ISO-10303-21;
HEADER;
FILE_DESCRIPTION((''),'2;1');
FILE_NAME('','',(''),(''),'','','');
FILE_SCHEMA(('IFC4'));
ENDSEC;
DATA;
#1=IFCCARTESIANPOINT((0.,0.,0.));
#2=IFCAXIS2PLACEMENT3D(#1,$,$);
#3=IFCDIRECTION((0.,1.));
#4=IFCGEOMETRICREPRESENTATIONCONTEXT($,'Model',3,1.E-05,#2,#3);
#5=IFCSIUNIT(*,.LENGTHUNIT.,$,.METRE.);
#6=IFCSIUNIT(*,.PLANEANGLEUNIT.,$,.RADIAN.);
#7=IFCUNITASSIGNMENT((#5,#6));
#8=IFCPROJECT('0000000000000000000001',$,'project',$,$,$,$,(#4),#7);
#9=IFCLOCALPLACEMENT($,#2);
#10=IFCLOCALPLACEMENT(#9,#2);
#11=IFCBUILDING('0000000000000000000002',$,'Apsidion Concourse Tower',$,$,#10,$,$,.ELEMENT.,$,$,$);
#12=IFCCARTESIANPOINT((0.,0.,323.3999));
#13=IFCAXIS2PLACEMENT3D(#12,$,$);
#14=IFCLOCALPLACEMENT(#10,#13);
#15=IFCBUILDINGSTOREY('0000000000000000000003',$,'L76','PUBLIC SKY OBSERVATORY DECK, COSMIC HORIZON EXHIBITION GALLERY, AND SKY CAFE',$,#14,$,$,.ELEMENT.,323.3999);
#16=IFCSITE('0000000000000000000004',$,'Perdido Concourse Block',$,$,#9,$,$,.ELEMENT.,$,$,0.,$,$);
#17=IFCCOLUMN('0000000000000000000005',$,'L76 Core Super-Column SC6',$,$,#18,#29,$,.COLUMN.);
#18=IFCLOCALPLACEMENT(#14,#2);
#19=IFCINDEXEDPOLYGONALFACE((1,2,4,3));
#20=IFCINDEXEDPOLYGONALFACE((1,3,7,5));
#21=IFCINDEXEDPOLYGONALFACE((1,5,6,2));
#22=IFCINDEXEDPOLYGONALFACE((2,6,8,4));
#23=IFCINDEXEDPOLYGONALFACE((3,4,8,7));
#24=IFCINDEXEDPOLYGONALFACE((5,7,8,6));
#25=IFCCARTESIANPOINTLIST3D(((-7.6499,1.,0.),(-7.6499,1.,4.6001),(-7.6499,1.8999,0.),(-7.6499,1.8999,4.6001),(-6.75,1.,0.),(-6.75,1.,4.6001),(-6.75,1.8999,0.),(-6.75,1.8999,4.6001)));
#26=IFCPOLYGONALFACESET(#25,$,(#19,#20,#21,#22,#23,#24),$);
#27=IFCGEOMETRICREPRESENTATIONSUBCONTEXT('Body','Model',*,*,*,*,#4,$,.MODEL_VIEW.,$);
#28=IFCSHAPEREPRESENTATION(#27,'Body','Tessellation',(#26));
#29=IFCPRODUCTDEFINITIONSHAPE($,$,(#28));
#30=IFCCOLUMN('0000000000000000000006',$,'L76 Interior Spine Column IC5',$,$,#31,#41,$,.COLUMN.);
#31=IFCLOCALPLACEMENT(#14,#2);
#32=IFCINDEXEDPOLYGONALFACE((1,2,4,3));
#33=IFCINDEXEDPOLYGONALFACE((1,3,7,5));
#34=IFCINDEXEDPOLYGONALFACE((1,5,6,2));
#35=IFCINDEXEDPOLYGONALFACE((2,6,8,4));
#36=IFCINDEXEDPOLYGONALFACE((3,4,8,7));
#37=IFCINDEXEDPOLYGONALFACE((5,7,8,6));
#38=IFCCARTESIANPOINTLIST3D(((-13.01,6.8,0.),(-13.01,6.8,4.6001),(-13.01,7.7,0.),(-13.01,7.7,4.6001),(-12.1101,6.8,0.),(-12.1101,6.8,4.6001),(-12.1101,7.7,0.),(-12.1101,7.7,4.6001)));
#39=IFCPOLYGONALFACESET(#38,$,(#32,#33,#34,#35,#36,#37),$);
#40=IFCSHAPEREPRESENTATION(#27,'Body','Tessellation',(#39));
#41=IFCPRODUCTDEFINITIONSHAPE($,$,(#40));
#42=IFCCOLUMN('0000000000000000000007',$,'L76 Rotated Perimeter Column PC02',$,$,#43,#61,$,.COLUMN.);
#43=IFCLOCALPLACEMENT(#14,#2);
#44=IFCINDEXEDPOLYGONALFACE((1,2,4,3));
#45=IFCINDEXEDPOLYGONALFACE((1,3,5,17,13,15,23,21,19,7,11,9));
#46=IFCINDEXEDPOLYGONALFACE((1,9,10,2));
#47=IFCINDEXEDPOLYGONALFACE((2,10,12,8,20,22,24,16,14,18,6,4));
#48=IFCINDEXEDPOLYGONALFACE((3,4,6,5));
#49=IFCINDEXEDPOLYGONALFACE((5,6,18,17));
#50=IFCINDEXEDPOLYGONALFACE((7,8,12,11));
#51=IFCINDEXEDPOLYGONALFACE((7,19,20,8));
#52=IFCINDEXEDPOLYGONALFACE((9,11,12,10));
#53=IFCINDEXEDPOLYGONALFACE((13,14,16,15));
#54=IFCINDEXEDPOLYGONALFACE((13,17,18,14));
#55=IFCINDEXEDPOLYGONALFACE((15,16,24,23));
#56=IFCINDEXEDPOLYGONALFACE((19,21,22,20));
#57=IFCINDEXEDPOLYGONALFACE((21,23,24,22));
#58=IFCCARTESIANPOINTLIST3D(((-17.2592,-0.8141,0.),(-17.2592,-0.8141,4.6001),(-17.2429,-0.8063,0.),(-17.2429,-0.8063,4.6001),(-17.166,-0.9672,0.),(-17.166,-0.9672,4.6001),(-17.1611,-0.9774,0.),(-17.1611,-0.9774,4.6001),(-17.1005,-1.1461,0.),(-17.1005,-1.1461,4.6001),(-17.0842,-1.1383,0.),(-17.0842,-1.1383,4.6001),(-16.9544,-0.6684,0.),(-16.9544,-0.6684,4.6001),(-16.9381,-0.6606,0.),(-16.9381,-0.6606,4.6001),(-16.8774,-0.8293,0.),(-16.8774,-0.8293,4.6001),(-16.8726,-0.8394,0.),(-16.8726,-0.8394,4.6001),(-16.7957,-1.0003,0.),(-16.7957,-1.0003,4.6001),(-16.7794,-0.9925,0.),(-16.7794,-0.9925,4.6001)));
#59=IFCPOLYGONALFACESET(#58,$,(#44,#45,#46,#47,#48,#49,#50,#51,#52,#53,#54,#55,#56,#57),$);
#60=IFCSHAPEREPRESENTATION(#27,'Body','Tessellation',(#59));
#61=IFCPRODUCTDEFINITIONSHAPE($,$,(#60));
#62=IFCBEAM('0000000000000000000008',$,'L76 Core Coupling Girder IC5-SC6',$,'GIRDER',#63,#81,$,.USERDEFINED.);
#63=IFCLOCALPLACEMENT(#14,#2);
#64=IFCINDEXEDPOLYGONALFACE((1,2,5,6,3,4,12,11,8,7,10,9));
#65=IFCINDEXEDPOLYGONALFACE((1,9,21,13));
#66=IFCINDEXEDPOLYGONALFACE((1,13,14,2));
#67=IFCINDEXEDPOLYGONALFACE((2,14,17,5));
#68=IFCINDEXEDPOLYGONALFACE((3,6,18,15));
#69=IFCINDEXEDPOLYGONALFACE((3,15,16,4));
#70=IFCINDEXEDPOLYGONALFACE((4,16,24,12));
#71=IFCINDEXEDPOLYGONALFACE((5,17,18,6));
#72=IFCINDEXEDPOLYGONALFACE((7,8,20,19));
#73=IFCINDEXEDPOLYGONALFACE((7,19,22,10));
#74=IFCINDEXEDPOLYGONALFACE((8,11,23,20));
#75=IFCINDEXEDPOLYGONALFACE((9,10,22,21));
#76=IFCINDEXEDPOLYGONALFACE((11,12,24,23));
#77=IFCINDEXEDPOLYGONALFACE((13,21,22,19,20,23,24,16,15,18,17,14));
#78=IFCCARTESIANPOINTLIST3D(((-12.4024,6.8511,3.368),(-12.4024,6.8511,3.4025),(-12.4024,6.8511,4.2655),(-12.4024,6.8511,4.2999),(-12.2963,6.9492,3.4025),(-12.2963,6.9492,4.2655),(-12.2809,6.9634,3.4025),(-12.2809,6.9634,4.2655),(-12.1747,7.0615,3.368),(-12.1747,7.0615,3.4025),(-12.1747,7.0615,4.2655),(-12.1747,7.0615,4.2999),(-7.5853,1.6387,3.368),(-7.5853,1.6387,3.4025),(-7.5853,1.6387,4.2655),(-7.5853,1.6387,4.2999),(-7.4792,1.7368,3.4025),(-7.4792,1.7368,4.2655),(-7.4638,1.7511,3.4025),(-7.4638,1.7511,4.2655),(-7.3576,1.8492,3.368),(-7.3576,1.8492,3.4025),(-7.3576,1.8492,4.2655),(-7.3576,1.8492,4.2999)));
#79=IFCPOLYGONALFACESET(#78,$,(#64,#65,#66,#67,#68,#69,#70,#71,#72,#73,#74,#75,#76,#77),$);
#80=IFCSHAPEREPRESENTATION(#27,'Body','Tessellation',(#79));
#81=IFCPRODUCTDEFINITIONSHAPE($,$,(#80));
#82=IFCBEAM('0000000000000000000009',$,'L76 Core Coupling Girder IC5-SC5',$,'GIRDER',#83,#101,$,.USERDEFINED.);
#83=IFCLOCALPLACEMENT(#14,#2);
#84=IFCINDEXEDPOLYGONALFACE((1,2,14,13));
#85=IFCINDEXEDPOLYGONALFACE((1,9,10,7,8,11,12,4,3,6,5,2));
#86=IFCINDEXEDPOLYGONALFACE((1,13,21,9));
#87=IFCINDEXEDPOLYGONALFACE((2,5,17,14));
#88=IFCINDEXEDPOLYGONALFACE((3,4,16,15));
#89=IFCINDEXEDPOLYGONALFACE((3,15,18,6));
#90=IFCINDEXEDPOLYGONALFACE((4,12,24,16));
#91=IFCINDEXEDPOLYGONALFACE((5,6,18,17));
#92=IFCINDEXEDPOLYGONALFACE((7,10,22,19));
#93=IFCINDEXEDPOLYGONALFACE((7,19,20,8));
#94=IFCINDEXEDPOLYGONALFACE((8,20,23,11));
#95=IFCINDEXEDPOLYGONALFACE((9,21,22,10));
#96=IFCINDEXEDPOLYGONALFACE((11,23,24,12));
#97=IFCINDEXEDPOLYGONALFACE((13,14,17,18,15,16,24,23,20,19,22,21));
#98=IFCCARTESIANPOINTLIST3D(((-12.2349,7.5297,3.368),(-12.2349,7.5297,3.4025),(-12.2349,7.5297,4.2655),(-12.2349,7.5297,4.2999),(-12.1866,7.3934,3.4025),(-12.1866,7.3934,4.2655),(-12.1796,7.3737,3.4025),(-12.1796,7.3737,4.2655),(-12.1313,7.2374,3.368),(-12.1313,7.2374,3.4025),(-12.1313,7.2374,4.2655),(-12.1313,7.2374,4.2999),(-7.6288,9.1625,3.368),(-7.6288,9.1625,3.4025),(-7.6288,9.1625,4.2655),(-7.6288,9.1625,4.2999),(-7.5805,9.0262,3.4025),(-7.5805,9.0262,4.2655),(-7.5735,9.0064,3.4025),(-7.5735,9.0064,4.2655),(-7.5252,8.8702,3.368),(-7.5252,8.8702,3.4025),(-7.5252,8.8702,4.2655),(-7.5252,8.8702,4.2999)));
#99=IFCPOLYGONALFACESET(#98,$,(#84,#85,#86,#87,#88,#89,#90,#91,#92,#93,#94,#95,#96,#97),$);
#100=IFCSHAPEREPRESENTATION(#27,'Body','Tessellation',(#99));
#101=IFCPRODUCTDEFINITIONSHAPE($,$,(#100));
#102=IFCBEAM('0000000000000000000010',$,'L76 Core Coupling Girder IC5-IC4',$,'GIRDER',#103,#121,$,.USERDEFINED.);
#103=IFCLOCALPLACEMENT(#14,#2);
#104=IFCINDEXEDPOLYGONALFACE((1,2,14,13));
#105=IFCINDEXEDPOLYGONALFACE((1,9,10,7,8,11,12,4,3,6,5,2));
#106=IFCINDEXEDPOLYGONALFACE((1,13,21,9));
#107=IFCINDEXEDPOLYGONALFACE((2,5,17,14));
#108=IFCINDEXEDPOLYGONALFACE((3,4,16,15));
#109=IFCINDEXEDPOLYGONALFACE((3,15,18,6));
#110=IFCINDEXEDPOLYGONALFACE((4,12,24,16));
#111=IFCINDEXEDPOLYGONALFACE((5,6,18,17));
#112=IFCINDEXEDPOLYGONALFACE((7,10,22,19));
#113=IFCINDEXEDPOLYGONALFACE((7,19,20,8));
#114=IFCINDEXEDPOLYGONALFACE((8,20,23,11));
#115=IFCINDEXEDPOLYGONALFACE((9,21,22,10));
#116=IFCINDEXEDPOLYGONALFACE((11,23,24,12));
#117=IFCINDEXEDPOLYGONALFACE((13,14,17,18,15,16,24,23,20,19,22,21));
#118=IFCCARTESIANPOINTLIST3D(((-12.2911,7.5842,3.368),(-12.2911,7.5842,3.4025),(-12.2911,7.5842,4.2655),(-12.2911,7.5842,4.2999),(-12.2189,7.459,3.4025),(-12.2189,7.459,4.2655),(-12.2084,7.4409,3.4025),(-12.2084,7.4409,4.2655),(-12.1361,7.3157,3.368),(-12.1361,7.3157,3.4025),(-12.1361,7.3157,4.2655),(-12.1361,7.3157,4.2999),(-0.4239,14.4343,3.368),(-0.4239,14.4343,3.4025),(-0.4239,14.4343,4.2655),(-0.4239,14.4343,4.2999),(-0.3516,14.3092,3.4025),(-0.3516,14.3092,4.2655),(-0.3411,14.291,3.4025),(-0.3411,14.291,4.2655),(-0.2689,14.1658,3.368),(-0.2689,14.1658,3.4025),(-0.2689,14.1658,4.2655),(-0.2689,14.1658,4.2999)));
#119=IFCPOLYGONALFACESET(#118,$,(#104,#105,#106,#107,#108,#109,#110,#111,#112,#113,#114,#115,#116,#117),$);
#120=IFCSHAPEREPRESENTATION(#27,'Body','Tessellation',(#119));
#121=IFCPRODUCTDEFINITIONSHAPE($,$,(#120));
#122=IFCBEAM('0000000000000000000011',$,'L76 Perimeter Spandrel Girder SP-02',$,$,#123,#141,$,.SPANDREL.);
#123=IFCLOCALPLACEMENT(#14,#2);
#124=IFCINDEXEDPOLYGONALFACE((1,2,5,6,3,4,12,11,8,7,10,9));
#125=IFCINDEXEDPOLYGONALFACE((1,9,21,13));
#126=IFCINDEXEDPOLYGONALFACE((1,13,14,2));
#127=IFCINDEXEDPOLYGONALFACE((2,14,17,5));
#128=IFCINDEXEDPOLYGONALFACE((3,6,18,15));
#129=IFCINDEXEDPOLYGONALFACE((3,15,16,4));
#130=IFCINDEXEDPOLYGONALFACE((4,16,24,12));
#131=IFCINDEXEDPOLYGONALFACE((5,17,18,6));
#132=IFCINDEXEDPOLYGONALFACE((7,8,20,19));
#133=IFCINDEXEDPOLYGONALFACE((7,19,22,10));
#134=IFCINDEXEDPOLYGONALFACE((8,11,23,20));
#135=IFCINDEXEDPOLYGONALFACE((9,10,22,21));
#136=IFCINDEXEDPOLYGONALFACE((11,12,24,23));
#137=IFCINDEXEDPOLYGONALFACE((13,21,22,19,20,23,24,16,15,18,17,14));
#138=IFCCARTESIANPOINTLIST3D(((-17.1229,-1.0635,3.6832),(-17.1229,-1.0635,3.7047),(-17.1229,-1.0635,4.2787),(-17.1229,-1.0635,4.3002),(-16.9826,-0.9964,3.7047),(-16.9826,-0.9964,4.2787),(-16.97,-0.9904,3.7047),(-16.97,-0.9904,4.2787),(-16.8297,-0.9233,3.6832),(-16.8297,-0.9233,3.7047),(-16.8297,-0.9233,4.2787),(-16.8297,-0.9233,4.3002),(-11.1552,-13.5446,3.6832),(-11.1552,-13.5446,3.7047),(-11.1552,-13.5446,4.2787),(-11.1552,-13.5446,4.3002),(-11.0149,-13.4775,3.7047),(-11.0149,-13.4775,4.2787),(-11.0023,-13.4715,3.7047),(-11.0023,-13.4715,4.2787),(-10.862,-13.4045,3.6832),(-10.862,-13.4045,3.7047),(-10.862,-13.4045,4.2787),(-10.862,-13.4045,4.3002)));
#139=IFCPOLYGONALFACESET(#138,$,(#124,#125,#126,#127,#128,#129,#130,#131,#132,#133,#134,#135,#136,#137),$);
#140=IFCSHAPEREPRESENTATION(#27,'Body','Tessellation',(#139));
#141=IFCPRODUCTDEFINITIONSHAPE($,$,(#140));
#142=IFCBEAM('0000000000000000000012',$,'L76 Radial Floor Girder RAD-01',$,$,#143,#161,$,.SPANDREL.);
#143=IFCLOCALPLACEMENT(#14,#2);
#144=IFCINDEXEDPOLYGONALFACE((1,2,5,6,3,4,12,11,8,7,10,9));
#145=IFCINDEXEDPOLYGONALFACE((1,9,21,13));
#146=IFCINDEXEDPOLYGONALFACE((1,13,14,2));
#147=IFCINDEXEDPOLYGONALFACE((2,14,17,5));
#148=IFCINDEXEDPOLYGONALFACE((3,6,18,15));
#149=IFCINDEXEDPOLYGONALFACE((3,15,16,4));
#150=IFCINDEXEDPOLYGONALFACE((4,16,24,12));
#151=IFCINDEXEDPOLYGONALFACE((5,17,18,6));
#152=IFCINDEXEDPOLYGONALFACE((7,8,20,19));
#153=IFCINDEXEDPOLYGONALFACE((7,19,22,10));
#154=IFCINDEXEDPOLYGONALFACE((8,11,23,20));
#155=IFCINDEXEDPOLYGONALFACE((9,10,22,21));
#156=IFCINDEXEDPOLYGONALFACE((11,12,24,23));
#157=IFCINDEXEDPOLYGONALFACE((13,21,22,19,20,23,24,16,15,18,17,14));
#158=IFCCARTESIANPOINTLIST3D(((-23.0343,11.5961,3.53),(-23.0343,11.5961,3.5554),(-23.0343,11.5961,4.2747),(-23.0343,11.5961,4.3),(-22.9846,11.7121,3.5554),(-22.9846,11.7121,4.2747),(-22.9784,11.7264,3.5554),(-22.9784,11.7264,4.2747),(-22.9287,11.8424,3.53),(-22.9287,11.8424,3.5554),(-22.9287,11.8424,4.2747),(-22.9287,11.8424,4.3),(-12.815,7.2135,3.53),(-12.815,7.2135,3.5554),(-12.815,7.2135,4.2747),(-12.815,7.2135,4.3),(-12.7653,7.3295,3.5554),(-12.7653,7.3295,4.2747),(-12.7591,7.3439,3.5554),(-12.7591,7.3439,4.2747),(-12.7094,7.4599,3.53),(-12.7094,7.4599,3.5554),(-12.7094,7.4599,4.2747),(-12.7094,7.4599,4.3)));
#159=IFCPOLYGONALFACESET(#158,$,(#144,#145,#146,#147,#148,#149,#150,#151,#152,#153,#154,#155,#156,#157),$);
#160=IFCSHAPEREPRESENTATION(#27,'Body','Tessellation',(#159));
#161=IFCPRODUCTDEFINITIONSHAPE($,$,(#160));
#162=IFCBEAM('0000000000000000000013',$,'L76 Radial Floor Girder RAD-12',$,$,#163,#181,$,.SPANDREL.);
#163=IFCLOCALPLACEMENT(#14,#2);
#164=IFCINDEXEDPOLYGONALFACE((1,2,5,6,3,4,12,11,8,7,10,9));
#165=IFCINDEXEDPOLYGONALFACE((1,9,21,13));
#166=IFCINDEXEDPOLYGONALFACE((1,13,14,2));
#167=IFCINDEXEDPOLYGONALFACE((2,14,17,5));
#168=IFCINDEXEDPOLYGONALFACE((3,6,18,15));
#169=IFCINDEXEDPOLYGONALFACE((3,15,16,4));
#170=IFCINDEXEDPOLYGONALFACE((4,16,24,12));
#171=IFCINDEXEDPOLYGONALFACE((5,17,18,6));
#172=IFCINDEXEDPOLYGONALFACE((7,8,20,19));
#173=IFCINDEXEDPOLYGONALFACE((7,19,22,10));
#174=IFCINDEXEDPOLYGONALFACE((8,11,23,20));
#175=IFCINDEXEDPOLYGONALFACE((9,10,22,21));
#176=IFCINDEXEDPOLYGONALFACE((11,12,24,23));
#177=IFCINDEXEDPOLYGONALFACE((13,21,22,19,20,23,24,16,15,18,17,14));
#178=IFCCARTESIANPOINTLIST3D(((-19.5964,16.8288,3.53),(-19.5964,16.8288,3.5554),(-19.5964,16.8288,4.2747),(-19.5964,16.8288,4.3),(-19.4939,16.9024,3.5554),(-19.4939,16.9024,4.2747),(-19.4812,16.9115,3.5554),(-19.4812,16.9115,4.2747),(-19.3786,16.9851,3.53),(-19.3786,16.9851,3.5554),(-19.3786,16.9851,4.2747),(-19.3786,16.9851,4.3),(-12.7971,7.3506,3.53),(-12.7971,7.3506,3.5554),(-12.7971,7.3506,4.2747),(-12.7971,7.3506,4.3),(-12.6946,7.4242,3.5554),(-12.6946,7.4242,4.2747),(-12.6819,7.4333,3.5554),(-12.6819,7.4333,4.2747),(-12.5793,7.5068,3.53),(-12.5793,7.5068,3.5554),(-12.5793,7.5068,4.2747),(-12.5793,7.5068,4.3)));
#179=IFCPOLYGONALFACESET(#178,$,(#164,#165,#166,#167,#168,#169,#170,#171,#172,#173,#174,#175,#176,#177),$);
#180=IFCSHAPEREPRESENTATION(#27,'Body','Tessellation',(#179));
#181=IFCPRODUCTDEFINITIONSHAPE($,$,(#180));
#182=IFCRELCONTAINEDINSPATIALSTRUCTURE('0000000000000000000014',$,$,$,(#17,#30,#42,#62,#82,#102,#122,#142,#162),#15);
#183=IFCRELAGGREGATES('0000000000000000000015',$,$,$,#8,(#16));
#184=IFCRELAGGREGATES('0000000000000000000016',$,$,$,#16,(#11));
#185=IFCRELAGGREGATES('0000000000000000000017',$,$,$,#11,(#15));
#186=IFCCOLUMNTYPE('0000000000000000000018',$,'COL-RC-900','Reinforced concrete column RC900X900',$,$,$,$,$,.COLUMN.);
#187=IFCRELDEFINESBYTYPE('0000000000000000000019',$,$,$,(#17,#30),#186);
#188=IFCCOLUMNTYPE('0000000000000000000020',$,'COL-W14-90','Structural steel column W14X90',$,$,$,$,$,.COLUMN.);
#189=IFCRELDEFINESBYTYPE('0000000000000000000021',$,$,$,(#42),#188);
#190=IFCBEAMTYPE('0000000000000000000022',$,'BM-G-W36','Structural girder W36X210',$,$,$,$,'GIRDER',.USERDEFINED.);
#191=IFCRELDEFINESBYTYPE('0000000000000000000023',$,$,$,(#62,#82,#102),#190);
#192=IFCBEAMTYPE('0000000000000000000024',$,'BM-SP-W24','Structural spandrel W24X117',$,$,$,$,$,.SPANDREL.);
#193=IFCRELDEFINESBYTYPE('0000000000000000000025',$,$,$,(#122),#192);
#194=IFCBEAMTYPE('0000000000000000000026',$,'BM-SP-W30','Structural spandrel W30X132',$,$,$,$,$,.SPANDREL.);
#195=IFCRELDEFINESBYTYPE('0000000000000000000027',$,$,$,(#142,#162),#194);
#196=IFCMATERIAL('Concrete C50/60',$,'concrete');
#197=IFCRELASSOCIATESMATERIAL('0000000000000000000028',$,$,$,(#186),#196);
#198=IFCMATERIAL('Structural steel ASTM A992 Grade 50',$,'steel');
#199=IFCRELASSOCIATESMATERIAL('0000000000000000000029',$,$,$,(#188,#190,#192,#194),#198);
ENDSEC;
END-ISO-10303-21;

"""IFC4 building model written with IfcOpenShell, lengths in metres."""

from ifc_helpers import new_model, si_unit, direction, frame, origin, origin_2d, place, context, subcontext, project, spatial, rectangle, i_section, extrude, material, material_profile, profile_set, type_object, element, save


model = new_model("IFC4")

# Units and contexts
model_context = context("Model", 3, precision=1e-05, world=origin(), true_north=direction((0.0, 1.0)))
body_context = subcontext(model_context, "Body", "Model", "MODEL_VIEW")
ifc_project = project(units=[si_unit("LENGTHUNIT", "METRE"), si_unit("PLANEANGLEUNIT", "RADIAN")], contexts=[model_context])

# Site, building, storey
site_placement = place(None, origin())
site = spatial("IfcSite", under=ifc_project, at=site_placement, Name="Perdido Concourse Block", CompositionType="ELEMENT", RefElevation=0.0)
building_placement = place(site_placement, origin())
building = spatial("IfcBuilding", under=site, at=building_placement, Name="Apsidion Concourse Tower", CompositionType="ELEMENT")
storey_placement = place(building_placement, frame((0.0, 0.0, 323.3999)))
storey = spatial("IfcBuildingStorey", under=building, at=storey_placement, Name="L76", Description="PUBLIC SKY OBSERVATORY DECK, COSMIC HORIZON EXHIBITION GALLERY, AND SKY CAFE", CompositionType="ELEMENT", Elevation=323.3999)

# Columns
ifc_material_1 = material(Name="Concrete C50/60", Category="concrete")
ifc_material_profile_1 = material_profile(ifc_material_1, rectangle(XDim=0.8999, YDim=0.8999, at=origin_2d()), Name="RC 900x900")
ifc_profile_set_1 = profile_set([ifc_material_profile_1], Name="Concrete C50/60")
column_type_1 = type_object("IfcColumnType", Name="COL-RC-900", Description="Reinforced concrete column RC900X900", PredefinedType="COLUMN", material=ifc_profile_set_1)
for number, where, z_axis, x_axis, name in (
    (1, (-7.2, 1.45, 0.0), (0.0, 0.0, 1.0), (1.0, 0.0, 0.0), "L76 Core Super-Column SC6"),
    (2, (-12.5601, 7.25, 0.0), (0.0, 0.0, 1.0), (1.0, 0.0, 0.0), "L76 Interior Spine Column IC5"),
):
    element("IfcColumn", number, at=place(storey_placement, frame(where, z_axis=z_axis, x_axis=x_axis)), inside=storey, type_object=column_type_1, Name=name, PredefinedType="COLUMN", context=body_context, shape_type="SweptSolid", body=[
        extrude(rectangle(XDim=0.8999, YDim=0.8999, at=origin_2d()), origin(), (0.0, 0.0, 1.0), 4.6001),
    ])
ifc_material_2 = material(Name="Structural steel ASTM A992 Grade 50", Category="steel")
ifc_material_profile_2 = material_profile(ifc_material_2, i_section(OverallWidth=0.3679, OverallDepth=0.356, WebThickness=0.0112, FlangeThickness=0.0181, at=origin_2d()), Name="W14X90")
ifc_profile_set_2 = profile_set([ifc_material_profile_2], Name="Structural steel ASTM A992 Grade 50")
column_type_2 = type_object("IfcColumnType", Name="COL-W14-90", Description="Structural steel column W14X90", PredefinedType="COLUMN", material=ifc_profile_set_2)
column_placement = place(storey_placement, frame((-17.0193, -0.9033, 0.0), z_axis=(0.0, 0.0, 1.0), x_axis=(-0.431299, 0.902209, 0.0)))
element("IfcColumn", 3, at=column_placement, inside=storey, type_object=column_type_2, Name="L76 Rotated Perimeter Column PC02", PredefinedType="COLUMN", context=body_context, shape_type="SweptSolid", body=[
    extrude(i_section(OverallWidth=0.3679, OverallDepth=0.356, WebThickness=0.0112, FlangeThickness=0.0181, at=origin_2d()), origin(), (0.0, 0.0, 1.0), 4.6001),
])

# Beams
ifc_material_profile_3 = material_profile(ifc_material_2, i_section(OverallWidth=0.3101, OverallDepth=0.9319, WebThickness=0.021, FlangeThickness=0.0344, at=origin_2d()), Name="W36X210")
ifc_profile_set_3 = profile_set([ifc_material_profile_3], Name="Structural steel ASTM A992 Grade 50")
beam_type_1 = type_object("IfcBeamType", Name="BM-G-W36", Description="Structural girder W36X210", ElementType="GIRDER", PredefinedType="USERDEFINED", material=ifc_profile_set_3)
beam_1_placement = place(storey_placement, frame((-12.2886, 6.9563, 3.834), z_axis=(0.678713, -0.734404, 0.0), x_axis=(0.734404, 0.678713, 0.0)))
element("IfcBeam", 4, at=beam_1_placement, inside=storey, type_object=beam_type_1, Name="L76 Core Coupling Girder IC5-SC6", ObjectType="GIRDER", PredefinedType="USERDEFINED", context=body_context, shape_type="SweptSolid", body=[
    extrude(i_section(OverallWidth=0.3101, OverallDepth=0.9319, WebThickness=0.021, FlangeThickness=0.0344, at=origin_2d()), origin(), (0.0, 0.0, 1.0), 7.0974),
])
beam_2_placement = place(storey_placement, frame((-12.1831, 7.3835, 3.834), z_axis=(0.942534, 0.334111, 0.0), x_axis=(-0.334111, 0.942534, 0.0)))
element("IfcBeam", 5, at=beam_2_placement, inside=storey, type_object=beam_type_1, Name="L76 Core Coupling Girder IC5-SC5", ObjectType="GIRDER", PredefinedType="USERDEFINED", context=body_context, shape_type="SweptSolid", body=[
    extrude(i_section(OverallWidth=0.3101, OverallDepth=0.9319, WebThickness=0.021, FlangeThickness=0.0344, at=origin_2d()), origin(), (0.0, 0.0, 1.0), 4.887),
])
beam_3_placement = place(storey_placement, frame((-12.2136, 7.45, 3.834), z_axis=(0.86607, 0.499922, 0.0), x_axis=(-0.499922, 0.86607, 0.0)))
element("IfcBeam", 6, at=beam_3_placement, inside=storey, type_object=beam_type_1, Name="L76 Core Coupling Girder IC5-IC4", ObjectType="GIRDER", PredefinedType="USERDEFINED", context=body_context, shape_type="SweptSolid", body=[
    extrude(i_section(OverallWidth=0.3101, OverallDepth=0.9319, WebThickness=0.021, FlangeThickness=0.0344, at=origin_2d()), origin(), (0.0, 0.0, 1.0), 13.7024),
])
ifc_material_profile_4 = material_profile(ifc_material_2, i_section(OverallWidth=0.325, OverallDepth=0.6169, WebThickness=0.0139, FlangeThickness=0.0215, at=origin_2d()), Name="W24X117")
ifc_profile_set_4 = profile_set([ifc_material_profile_4], Name="Structural steel ASTM A992 Grade 50")
beam_type_2 = type_object("IfcBeamType", Name="BM-SP-W24", Description="Structural spandrel W24X117", PredefinedType="SPANDREL", material=ifc_profile_set_4)
beam_4_placement = place(storey_placement, frame((-16.9763, -0.9934, 3.9917), z_axis=(0.431367, -0.902176, 0.0), x_axis=(0.902176, 0.431367, 0.0)))
element("IfcBeam", 7, at=beam_4_placement, inside=storey, type_object=beam_type_2, Name="L76 Perimeter Spandrel Girder SP-02", PredefinedType="SPANDREL", context=body_context, shape_type="SweptSolid", body=[
    extrude(i_section(OverallWidth=0.325, OverallDepth=0.6169, WebThickness=0.0139, FlangeThickness=0.0215, at=origin_2d()), origin(), (0.0, 0.0, 1.0), 13.8345),
])
ifc_material_profile_5 = material_profile(ifc_material_2, i_section(OverallWidth=0.2681, OverallDepth=0.77, WebThickness=0.0156, FlangeThickness=0.0254, at=origin_2d()), Name="W30X132")
ifc_profile_set_5 = profile_set([ifc_material_profile_5], Name="Structural steel ASTM A992 Grade 50")
beam_type_3 = type_object("IfcBeamType", Name="BM-SP-W30", Description="Structural spandrel W30X132", PredefinedType="SPANDREL", material=ifc_profile_set_5)
beam_5_placement = place(storey_placement, frame((-12.7622, 7.3367, 3.915), z_axis=(-0.919051, 0.394139, 0.0), x_axis=(-0.394139, -0.919051, 0.0)))
element("IfcBeam", 8, at=beam_5_placement, inside=storey, type_object=beam_type_3, Name="L76 Radial Floor Girder RAD-01", PredefinedType="SPANDREL", context=body_context, shape_type="SweptSolid", body=[
    extrude(i_section(OverallWidth=0.2681, OverallDepth=0.77, WebThickness=0.0156, FlangeThickness=0.0254, at=origin_2d()), origin(), (0.0, 0.0, 1.0), 11.1194),
])
beam_6_placement = place(storey_placement, frame((-12.6882, 7.4287, 3.915), z_axis=(-0.58289, 0.812551, 0.0), x_axis=(-0.812551, -0.58289, 0.0)))
element("IfcBeam", 9, at=beam_6_placement, inside=storey, type_object=beam_type_3, Name="L76 Radial Floor Girder RAD-12", PredefinedType="SPANDREL", context=body_context, shape_type="SweptSolid", body=[
    extrude(i_section(OverallWidth=0.2681, OverallDepth=0.77, WebThickness=0.0156, FlangeThickness=0.0254, at=origin_2d()), origin(), (0.0, 0.0, 1.0), 11.6648),
])

save(model, "model.ifc")
